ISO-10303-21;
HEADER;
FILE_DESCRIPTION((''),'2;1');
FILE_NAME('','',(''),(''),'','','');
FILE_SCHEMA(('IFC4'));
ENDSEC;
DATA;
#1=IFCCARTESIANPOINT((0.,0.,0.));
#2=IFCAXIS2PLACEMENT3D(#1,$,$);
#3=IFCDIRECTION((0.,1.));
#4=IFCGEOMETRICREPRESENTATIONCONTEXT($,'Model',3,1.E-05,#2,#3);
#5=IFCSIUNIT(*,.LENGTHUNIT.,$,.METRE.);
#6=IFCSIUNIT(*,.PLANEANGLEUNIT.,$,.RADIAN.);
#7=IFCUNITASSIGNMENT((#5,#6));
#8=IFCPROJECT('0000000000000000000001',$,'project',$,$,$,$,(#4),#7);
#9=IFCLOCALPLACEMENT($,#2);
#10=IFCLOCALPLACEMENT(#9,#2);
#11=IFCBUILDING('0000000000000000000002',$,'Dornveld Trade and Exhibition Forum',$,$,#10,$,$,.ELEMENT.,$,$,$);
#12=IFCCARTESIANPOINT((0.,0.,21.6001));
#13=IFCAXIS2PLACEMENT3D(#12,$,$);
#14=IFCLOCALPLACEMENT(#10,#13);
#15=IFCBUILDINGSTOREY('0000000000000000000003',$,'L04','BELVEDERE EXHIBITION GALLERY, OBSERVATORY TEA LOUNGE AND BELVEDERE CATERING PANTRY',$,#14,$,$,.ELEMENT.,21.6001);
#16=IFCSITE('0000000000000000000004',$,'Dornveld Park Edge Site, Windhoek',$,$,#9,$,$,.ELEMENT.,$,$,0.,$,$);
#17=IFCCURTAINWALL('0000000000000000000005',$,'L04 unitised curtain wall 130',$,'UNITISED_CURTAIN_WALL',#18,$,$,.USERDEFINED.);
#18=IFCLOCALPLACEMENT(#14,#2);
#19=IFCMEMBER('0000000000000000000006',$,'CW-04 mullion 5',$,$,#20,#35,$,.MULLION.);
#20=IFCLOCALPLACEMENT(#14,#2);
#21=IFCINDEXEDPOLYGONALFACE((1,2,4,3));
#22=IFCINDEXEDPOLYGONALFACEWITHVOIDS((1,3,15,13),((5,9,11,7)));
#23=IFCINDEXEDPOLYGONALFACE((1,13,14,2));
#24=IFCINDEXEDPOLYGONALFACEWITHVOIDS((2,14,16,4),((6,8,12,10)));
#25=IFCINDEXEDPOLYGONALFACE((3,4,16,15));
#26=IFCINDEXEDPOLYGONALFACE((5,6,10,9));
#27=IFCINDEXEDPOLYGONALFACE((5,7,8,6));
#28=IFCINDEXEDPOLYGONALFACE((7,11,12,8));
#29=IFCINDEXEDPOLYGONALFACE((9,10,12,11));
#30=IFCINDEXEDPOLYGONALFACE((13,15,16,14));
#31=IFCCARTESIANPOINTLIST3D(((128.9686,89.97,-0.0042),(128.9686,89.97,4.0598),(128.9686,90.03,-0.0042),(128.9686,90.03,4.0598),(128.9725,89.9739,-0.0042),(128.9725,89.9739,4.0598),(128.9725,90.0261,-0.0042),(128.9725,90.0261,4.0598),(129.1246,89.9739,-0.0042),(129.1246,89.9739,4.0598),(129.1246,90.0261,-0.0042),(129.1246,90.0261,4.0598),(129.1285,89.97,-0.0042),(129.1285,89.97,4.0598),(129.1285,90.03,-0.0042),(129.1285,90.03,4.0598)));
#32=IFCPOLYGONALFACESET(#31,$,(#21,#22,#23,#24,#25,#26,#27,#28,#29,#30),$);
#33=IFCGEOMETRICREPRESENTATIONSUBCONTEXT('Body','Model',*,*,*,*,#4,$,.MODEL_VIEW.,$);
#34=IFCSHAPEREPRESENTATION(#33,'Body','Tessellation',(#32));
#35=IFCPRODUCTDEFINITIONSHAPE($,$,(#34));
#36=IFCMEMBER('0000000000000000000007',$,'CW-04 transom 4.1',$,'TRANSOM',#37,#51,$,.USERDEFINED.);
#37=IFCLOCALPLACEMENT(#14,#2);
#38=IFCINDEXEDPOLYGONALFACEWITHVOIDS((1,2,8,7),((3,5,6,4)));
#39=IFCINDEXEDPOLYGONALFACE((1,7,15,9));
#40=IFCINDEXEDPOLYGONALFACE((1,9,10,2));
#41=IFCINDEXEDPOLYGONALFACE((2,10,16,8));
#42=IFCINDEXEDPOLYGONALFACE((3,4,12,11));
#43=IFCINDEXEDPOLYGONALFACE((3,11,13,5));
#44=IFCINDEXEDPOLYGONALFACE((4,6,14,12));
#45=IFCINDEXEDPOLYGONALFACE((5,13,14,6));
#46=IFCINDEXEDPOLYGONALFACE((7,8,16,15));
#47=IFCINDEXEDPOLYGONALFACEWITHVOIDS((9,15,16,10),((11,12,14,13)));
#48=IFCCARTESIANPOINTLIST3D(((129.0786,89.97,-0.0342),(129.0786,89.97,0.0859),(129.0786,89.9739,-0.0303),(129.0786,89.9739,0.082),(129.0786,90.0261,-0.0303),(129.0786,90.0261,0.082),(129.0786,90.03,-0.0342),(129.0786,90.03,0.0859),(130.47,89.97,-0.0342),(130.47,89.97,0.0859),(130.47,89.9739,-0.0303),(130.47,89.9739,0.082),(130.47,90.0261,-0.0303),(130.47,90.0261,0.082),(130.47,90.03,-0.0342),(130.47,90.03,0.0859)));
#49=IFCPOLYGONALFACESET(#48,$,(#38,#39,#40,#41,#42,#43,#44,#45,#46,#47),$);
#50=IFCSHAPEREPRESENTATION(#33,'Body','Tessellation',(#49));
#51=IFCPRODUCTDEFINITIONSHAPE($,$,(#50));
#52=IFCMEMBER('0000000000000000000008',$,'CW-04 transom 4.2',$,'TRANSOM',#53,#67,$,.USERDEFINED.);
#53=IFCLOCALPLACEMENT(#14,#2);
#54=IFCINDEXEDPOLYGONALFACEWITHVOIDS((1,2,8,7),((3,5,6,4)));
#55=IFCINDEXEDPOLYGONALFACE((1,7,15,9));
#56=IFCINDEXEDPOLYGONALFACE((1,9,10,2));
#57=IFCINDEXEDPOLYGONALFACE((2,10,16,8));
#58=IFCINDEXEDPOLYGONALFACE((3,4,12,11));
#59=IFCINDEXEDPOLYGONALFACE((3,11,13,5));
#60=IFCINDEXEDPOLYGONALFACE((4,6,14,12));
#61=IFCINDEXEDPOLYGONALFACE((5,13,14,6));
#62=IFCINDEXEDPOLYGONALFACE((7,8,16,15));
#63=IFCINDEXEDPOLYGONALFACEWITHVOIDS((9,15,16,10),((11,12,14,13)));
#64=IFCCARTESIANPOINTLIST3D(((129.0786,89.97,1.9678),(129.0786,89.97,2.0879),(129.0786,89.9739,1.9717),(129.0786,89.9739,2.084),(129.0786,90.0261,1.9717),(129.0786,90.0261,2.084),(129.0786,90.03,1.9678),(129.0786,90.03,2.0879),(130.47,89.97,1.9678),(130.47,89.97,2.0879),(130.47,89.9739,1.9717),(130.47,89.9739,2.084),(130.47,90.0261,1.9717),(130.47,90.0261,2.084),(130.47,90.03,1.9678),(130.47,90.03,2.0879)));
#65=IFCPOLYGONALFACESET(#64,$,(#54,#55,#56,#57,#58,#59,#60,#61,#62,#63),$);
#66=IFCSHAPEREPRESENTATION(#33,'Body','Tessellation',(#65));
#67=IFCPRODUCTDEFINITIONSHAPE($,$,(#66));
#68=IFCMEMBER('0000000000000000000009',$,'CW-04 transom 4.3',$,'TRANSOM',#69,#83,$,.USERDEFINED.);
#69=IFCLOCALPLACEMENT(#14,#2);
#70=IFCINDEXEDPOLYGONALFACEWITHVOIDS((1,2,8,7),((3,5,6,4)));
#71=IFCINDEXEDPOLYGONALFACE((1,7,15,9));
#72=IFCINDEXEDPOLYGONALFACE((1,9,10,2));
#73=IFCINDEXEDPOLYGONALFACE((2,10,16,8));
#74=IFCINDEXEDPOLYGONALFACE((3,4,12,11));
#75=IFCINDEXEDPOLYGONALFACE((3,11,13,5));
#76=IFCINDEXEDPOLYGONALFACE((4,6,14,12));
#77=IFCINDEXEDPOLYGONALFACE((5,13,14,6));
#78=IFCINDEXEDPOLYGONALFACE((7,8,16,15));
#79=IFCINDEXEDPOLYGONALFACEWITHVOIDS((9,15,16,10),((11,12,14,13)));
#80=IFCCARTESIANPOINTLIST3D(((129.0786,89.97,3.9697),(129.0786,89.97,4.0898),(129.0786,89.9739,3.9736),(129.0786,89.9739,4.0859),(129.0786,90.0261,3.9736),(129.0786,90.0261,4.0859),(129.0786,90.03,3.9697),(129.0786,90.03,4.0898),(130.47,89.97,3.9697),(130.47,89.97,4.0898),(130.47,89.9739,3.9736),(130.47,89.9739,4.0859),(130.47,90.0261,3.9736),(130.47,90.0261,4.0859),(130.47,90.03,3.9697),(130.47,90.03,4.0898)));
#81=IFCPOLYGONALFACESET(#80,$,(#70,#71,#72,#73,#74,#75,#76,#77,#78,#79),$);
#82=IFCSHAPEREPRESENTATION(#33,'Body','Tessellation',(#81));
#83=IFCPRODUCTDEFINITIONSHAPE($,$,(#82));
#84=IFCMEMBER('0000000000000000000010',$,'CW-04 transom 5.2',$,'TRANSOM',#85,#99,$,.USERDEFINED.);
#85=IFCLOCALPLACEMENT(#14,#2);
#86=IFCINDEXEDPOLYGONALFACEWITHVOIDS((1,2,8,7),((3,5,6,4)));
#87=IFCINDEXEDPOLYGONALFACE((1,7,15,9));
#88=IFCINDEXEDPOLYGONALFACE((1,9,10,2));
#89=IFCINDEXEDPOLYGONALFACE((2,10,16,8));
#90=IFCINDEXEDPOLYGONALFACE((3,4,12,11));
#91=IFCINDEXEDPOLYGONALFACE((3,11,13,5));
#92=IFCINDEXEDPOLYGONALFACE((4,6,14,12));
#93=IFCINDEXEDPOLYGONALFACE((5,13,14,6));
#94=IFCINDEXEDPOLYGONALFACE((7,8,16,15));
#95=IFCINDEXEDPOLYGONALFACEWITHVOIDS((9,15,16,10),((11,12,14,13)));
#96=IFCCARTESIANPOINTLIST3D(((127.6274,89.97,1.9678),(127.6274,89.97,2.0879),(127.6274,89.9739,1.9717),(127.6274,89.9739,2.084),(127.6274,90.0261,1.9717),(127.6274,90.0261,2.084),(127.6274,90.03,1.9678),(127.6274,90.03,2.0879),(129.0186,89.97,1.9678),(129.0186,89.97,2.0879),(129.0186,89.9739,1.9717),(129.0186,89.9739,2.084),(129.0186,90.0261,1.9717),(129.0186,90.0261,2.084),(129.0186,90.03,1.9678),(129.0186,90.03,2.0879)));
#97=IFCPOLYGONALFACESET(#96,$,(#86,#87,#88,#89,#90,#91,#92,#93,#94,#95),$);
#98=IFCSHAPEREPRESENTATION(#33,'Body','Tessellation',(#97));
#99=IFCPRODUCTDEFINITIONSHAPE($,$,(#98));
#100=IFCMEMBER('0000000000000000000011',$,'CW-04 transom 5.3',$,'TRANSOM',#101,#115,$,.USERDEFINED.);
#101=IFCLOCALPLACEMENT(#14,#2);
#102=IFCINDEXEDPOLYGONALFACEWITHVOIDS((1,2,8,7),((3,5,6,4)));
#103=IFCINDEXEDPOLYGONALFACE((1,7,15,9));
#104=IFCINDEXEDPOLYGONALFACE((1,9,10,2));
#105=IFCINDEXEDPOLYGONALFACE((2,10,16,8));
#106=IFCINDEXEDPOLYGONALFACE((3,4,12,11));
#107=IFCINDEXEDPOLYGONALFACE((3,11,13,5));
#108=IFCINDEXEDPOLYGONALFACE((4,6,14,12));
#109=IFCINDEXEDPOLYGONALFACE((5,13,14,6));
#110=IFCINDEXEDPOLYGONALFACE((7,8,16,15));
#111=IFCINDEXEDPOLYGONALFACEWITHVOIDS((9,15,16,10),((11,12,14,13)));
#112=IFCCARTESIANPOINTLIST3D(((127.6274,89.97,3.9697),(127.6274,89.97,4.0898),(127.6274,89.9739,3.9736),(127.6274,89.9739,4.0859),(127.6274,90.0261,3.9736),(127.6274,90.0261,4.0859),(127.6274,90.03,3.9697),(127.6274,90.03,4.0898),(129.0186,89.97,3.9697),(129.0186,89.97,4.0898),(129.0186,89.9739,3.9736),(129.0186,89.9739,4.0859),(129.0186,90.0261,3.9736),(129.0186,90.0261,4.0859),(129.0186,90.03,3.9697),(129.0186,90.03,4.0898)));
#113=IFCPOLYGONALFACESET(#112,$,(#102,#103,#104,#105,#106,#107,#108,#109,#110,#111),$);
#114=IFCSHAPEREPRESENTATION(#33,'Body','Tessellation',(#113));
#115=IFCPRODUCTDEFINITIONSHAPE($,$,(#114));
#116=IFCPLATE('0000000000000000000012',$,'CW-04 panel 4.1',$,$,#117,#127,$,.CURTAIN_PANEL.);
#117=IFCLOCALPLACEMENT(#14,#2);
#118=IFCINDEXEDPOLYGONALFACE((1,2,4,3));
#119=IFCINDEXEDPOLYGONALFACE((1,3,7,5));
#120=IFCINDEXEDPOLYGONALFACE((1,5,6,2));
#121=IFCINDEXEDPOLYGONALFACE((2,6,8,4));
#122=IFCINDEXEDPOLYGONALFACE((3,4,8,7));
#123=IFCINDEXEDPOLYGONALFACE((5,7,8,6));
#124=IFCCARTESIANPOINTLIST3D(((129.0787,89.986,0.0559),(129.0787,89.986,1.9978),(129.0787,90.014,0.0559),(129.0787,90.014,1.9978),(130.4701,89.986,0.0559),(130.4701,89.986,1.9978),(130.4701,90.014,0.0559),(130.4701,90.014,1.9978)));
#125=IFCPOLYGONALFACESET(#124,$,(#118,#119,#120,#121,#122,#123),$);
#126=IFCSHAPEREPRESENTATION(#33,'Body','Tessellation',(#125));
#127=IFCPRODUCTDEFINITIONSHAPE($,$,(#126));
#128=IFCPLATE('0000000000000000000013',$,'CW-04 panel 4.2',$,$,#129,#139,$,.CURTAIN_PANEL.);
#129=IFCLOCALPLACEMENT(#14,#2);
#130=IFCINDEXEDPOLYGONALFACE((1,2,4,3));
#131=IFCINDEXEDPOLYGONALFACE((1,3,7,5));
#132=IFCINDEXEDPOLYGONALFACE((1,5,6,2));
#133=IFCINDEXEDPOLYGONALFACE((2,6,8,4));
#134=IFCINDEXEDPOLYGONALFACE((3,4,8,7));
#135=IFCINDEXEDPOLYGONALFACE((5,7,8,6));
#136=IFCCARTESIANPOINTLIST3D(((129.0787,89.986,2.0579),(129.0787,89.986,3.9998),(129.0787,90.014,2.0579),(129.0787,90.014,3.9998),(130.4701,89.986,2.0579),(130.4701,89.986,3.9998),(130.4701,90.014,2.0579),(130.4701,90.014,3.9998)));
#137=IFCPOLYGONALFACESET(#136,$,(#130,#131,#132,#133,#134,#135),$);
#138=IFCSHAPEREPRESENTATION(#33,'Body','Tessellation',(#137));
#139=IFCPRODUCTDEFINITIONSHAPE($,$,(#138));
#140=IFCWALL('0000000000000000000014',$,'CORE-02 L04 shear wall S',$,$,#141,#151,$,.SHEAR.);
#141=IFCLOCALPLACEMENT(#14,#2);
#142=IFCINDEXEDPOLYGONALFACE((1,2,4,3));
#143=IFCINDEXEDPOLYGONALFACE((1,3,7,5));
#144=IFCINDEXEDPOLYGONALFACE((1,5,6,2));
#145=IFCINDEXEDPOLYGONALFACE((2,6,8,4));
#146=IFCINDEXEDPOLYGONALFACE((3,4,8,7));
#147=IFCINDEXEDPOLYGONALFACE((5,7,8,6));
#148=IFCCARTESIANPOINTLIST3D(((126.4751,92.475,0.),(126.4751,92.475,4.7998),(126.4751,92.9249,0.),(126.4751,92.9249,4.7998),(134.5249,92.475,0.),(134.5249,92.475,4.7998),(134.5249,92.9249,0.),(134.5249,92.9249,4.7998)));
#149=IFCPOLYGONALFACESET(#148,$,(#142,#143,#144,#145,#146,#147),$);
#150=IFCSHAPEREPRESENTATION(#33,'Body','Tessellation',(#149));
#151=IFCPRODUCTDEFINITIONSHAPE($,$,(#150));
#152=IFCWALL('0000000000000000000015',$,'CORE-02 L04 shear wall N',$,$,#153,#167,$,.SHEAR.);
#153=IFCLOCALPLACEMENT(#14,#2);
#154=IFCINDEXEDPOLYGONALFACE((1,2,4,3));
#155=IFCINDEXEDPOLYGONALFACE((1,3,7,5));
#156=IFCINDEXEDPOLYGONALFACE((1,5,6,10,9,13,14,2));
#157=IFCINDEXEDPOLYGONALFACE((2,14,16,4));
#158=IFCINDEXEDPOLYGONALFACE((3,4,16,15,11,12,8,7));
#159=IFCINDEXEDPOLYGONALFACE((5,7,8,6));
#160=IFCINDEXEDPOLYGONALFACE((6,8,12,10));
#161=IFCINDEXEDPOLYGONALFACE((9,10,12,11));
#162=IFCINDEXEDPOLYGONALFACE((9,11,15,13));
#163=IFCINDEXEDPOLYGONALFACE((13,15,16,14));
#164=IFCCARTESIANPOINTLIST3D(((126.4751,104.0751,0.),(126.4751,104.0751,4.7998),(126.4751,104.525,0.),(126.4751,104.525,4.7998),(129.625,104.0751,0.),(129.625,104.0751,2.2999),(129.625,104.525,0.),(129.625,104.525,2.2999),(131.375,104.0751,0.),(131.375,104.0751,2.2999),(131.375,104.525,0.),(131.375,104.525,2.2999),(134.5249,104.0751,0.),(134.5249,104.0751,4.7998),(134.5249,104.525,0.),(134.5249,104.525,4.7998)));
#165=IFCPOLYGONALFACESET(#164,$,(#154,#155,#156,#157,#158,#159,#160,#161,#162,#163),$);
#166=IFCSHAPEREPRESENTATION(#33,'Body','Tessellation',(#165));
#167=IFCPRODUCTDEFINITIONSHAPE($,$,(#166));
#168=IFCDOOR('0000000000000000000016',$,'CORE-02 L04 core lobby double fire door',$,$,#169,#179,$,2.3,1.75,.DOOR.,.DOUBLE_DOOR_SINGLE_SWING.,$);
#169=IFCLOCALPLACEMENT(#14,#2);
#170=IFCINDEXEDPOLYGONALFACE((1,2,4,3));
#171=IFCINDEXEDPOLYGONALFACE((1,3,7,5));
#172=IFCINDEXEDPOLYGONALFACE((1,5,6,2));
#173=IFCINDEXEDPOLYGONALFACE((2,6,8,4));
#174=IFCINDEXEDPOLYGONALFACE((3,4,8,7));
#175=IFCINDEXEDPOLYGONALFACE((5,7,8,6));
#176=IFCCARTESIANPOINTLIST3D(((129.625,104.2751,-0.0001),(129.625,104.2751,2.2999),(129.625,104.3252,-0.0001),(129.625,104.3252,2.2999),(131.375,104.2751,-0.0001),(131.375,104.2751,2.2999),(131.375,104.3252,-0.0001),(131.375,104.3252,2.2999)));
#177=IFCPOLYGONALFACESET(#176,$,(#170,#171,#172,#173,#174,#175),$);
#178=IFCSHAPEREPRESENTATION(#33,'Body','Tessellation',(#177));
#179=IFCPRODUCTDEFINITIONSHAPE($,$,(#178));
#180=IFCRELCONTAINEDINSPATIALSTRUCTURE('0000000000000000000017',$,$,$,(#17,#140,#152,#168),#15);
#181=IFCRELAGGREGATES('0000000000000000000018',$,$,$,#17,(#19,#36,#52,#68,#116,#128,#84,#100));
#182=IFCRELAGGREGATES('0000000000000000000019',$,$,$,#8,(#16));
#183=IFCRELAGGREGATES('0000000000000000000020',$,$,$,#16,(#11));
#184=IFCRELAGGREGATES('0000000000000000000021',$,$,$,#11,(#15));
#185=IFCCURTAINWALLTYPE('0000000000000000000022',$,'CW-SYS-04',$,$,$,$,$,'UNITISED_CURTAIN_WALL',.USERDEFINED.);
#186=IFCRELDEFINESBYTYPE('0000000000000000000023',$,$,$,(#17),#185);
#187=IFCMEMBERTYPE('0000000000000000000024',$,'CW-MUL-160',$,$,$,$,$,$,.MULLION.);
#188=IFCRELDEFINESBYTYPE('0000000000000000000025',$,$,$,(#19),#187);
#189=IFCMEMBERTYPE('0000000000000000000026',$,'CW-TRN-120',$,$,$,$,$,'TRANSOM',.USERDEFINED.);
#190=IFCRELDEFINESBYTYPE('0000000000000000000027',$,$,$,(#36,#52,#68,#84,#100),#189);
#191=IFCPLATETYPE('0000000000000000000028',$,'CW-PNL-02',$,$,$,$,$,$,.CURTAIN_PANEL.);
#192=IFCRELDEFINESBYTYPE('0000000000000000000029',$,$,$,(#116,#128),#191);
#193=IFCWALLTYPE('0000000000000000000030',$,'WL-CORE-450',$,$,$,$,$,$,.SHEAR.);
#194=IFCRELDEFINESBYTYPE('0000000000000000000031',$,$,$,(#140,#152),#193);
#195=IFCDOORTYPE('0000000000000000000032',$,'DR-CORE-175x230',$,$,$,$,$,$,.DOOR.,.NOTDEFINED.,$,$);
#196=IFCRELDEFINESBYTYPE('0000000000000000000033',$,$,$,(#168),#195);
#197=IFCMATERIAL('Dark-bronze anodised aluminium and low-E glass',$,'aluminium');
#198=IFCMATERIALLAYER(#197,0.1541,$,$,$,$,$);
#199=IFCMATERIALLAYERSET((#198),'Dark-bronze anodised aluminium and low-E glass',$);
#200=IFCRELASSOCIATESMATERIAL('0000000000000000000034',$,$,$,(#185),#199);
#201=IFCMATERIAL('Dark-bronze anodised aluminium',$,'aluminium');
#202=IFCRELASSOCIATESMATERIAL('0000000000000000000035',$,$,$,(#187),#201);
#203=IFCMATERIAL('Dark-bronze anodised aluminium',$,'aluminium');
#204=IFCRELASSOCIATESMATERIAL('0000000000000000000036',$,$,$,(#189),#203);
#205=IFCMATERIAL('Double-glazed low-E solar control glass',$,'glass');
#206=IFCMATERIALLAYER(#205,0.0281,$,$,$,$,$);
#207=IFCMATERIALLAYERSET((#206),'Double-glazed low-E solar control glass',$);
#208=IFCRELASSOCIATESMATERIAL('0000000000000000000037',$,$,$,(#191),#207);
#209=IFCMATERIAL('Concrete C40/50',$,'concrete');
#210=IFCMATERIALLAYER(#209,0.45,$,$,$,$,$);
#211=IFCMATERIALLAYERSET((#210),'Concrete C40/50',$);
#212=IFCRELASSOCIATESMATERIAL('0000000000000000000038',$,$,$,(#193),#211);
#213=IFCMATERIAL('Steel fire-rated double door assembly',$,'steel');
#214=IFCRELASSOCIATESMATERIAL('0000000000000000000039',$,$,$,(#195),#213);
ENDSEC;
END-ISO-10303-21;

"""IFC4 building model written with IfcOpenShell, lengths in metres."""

from ifc_helpers import new_model, si_unit, direction, frame, frame_2d, origin, origin_2d, place, context, subcontext, project, spatial, rectangle, hollow_rectangle, extrude, material, layer, layer_set, material_profile, profile_set, type_object, element, fill, aggregate, save


model = new_model("IFC4")

# Units and contexts
model_context = context("Model", 3, precision=1e-05, world=origin(), true_north=direction((0.0, 1.0)))
body_context = subcontext(model_context, "Body", "Model", "MODEL_VIEW")
ifc_project = project(units=[si_unit("LENGTHUNIT", "METRE"), si_unit("PLANEANGLEUNIT", "RADIAN")], contexts=[model_context])

# Site, building, storey
site_placement = place(None, origin())
site = spatial("IfcSite", under=ifc_project, at=site_placement, Name="Dornveld Park Edge Site, Windhoek", CompositionType="ELEMENT", RefElevation=0.0)
building_placement = place(site_placement, origin())
building = spatial("IfcBuilding", under=site, at=building_placement, Name="Dornveld Trade and Exhibition Forum", CompositionType="ELEMENT")
storey_placement = place(building_placement, frame((0.0, 0.0, 21.6001)))
storey = spatial("IfcBuildingStorey", under=building, at=storey_placement, Name="L04", Description="BELVEDERE EXHIBITION GALLERY, OBSERVATORY TEA LOUNGE AND BELVEDERE CATERING PANTRY", CompositionType="ELEMENT", Elevation=21.6001)

# Curtain wall, members, plates
ifc_material_1 = material(Name="Dark-bronze anodised aluminium and low-E glass", Category="aluminium")
ifc_layer_1 = layer(ifc_material_1, 0.1541)
ifc_layer_set_1 = layer_set([ifc_layer_1], Name="Dark-bronze anodised aluminium and low-E glass")
curtain_wall_type = type_object("IfcCurtainWallType", Name="CW-SYS-04", ElementType="UNITISED_CURTAIN_WALL", PredefinedType="USERDEFINED", material=ifc_layer_set_1)
curtain_wall_placement = place(storey_placement, origin())
curtain_wall = element("IfcCurtainWall", 1, at=curtain_wall_placement, inside=storey, type_object=curtain_wall_type, Name="L04 unitised curtain wall 130", ObjectType="UNITISED_CURTAIN_WALL", PredefinedType="USERDEFINED")
ifc_material_2 = material(Name="Dark-bronze anodised aluminium", Category="aluminium")
ifc_material_profile_1 = material_profile(ifc_material_2, hollow_rectangle(XDim=0.0601, YDim=0.1599, WallThickness=0.0039, at=origin_2d()), Name="RHS 160x60x4")
ifc_profile_set_1 = profile_set([ifc_material_profile_1], Name="Dark-bronze anodised aluminium")
member_type_1 = type_object("IfcMemberType", Name="CW-MUL-160", PredefinedType="MULLION", material=ifc_profile_set_1)
member_1_placement = place(storey_placement, frame((129.0486, 90.0, -0.0042), z_axis=(0.0, 0.0, 1.0), x_axis=(0.0, -1.0, 0.0)))
member_1 = element("IfcMember", 2, at=member_1_placement, type_object=member_type_1, Name="CW-04 mullion 5", PredefinedType="MULLION", context=body_context, shape_type="SweptSolid", body=[
    extrude(hollow_rectangle(XDim=0.0601, YDim=0.1599, WallThickness=0.0039, at=origin_2d()), origin(), (0.0, 0.0, 1.0), 4.064),
])
ifc_material_3 = material(Name="Dark-bronze anodised aluminium", Category="aluminium")
ifc_material_profile_2 = material_profile(ifc_material_3, hollow_rectangle(XDim=0.0601, YDim=0.1201, WallThickness=0.0039, at=origin_2d()), Name="RHS 120x60x4")
ifc_profile_set_2 = profile_set([ifc_material_profile_2], Name="Dark-bronze anodised aluminium")
member_type_2 = type_object("IfcMemberType", Name="CW-TRN-120", ElementType="TRANSOM", PredefinedType="USERDEFINED", material=ifc_profile_set_2)
member_2_placement = place(storey_placement, frame((130.47, 90.0, 0.0259), z_axis=(-1.0, 0.0, 0.0), x_axis=(0.0, -1.0, 0.0)))
member_2 = element("IfcMember", 3, at=member_2_placement, type_object=member_type_2, Name="CW-04 transom 4.1", ObjectType="TRANSOM", PredefinedType="USERDEFINED", context=body_context, shape_type="SweptSolid", body=[
    extrude(hollow_rectangle(XDim=0.0601, YDim=0.1201, WallThickness=0.0039, at=origin_2d()), origin(), (0.0, 0.0, 1.0), 1.3914),
])
member_3_placement = place(storey_placement, frame((130.47, 90.0, 2.0278), z_axis=(-1.0, 0.0, 0.0), x_axis=(0.0, -1.0, 0.0)))
member_3 = element("IfcMember", 4, at=member_3_placement, type_object=member_type_2, Name="CW-04 transom 4.2", ObjectType="TRANSOM", PredefinedType="USERDEFINED", context=body_context, shape_type="SweptSolid", body=[
    extrude(hollow_rectangle(XDim=0.0601, YDim=0.1201, WallThickness=0.0039, at=origin_2d()), origin(), (0.0, 0.0, 1.0), 1.3914),
])
member_4_placement = place(storey_placement, frame((130.47, 90.0, 4.0298), z_axis=(-1.0, 0.0, 0.0), x_axis=(0.0, -1.0, 0.0)))
member_4 = element("IfcMember", 5, at=member_4_placement, type_object=member_type_2, Name="CW-04 transom 4.3", ObjectType="TRANSOM", PredefinedType="USERDEFINED", context=body_context, shape_type="SweptSolid", body=[
    extrude(hollow_rectangle(XDim=0.0601, YDim=0.1201, WallThickness=0.0039, at=origin_2d()), origin(), (0.0, 0.0, 1.0), 1.3914),
])
member_5_placement = place(storey_placement, frame((129.0186, 90.0, 2.0278), z_axis=(-1.0, 0.0, 0.0), x_axis=(0.0, -1.0, 0.0)))
member_5 = element("IfcMember", 6, at=member_5_placement, type_object=member_type_2, Name="CW-04 transom 5.2", ObjectType="TRANSOM", PredefinedType="USERDEFINED", context=body_context, shape_type="SweptSolid", body=[
    extrude(hollow_rectangle(XDim=0.0601, YDim=0.1201, WallThickness=0.0039, at=origin_2d()), origin(), (0.0, 0.0, 1.0), 1.3911),
])
member_6_placement = place(storey_placement, frame((129.0186, 90.0, 4.0298), z_axis=(-1.0, 0.0, 0.0), x_axis=(0.0, -1.0, 0.0)))
member_6 = element("IfcMember", 7, at=member_6_placement, type_object=member_type_2, Name="CW-04 transom 5.3", ObjectType="TRANSOM", PredefinedType="USERDEFINED", context=body_context, shape_type="SweptSolid", body=[
    extrude(hollow_rectangle(XDim=0.0601, YDim=0.1201, WallThickness=0.0039, at=origin_2d()), origin(), (0.0, 0.0, 1.0), 1.3911),
])
ifc_material_4 = material(Name="Double-glazed low-E solar control glass", Category="glass")
ifc_layer_2 = layer(ifc_material_4, 0.0281)
ifc_layer_set_2 = layer_set([ifc_layer_2], Name="Double-glazed low-E solar control glass")
plate_type = type_object("IfcPlateType", Name="CW-PNL-02", PredefinedType="CURTAIN_PANEL", material=ifc_layer_set_2)
plate_1_placement = place(storey_placement, frame((129.7744, 90.0, 0.0559), z_axis=(0.0, 0.0, 1.0), x_axis=(-1.0, 0.0, 0.0)))
plate_1 = element("IfcPlate", 8, at=plate_1_placement, type_object=plate_type, Name="CW-04 panel 4.1", PredefinedType="CURTAIN_PANEL", context=body_context, shape_type="SweptSolid", body=[
    extrude(rectangle(XDim=1.3914, YDim=0.0281, at=origin_2d()), origin(), (0.0, 0.0, 1.0), 1.9419),
])
plate_2_placement = place(storey_placement, frame((129.7744, 90.0, 2.0579), z_axis=(0.0, 0.0, 1.0), x_axis=(-1.0, 0.0, 0.0)))
plate_2 = element("IfcPlate", 9, at=plate_2_placement, type_object=plate_type, Name="CW-04 panel 4.2", PredefinedType="CURTAIN_PANEL", context=body_context, shape_type="SweptSolid", body=[
    extrude(rectangle(XDim=1.3914, YDim=0.0281, at=origin_2d()), origin(), (0.0, 0.0, 1.0), 1.9419),
])
aggregate(curtain_wall, [member_1, member_2, member_3, member_4, plate_1, plate_2, member_5, member_6])

# Wall
ifc_material_5 = material(Name="Concrete C40/50", Category="concrete")
ifc_layer_3 = layer(ifc_material_5, 0.45)
ifc_layer_set_3 = layer_set([ifc_layer_3], Name="Concrete C40/50")
wall_type_1 = type_object("IfcWallType", Name="WL-CORE-450", PredefinedType="SHEAR", material=ifc_layer_set_3)
wall_1_placement = place(storey_placement, frame((126.4751, 92.7, 0.0), z_axis=(0.0, 0.0, 1.0), x_axis=(1.0, 0.0, 0.0)))
element("IfcWall", 10, at=wall_1_placement, inside=storey, type_object=wall_type_1, Name="CORE-02 L04 shear wall S", PredefinedType="SHEAR", context=body_context, shape_type="SweptSolid", body=[
    extrude(rectangle(XDim=8.0498, YDim=0.45, at=frame_2d((4.0249, 0.0))), origin(), (0.0, 0.0, 1.0), 4.7998),
])

# Wall, opening, door
wall_2_placement = place(storey_placement, frame((126.4751, 104.3, 0.0), z_axis=(0.0, 0.0, 1.0), x_axis=(1.0, 0.0, 0.0)))
wall_2 = element("IfcWall", 11, at=wall_2_placement, inside=storey, type_object=wall_type_1, Name="CORE-02 L04 shear wall N", PredefinedType="SHEAR", context=body_context, shape_type="SweptSolid", body=[
    extrude(rectangle(XDim=8.0498, YDim=0.45, at=frame_2d((4.0249, 0.0))), origin(), (0.0, 0.0, 1.0), 4.7998),
])
opening_1_placement = place(wall_2_placement, frame((3.1499, 0.0, 0.0)))
opening_1 = element("IfcOpeningElement", 12, at=opening_1_placement, cuts=wall_2, PredefinedType="OPENING", context=body_context, shape_type="SweptSolid", body=[
    extrude(rectangle(XDim=1.75, YDim=2.3, at=frame_2d((0.875, 1.1499))), frame((0.0, 0.2349, 0.0), z_axis=(0.0, -1.0, 0.0), x_axis=(1.0, 0.0, 0.0)), (0.0, 0.0, 1.0), 0.47),
])
ifc_material_6 = material(Name="Steel fire-rated double door assembly", Category="steel")
door_type_1 = type_object("IfcDoorType", Name="DR-CORE-175x230", OperationType="NOTDEFINED", PredefinedType="DOOR", material=ifc_material_6)
door_1_placement = place(opening_1_placement, frame((1.75, 0.0, 0.0), z_axis=(0.0, 0.0, 1.0), x_axis=(-1.0, 0.0, 0.0)))
door_1 = element("IfcDoor", 13, at=door_1_placement, inside=storey, type_object=door_type_1, Name="CORE-02 L04 core lobby double fire door", OperationType="DOUBLE_DOOR_SINGLE_SWING", OverallHeight=2.3, OverallWidth=1.75, PredefinedType="DOOR", context=body_context, shape_type="SweptSolid", body=[
    extrude(rectangle(XDim=1.75, YDim=2.3, at=frame_2d((0.875, 1.1499))), frame((0.0, 0.0249, 0.0), z_axis=(0.0, -1.0, 0.0), x_axis=(1.0, 0.0, 0.0)), (0.0, 0.0, 1.0), 0.05),
])
fill(opening_1, door_1)

save(model, "model.ifc")
